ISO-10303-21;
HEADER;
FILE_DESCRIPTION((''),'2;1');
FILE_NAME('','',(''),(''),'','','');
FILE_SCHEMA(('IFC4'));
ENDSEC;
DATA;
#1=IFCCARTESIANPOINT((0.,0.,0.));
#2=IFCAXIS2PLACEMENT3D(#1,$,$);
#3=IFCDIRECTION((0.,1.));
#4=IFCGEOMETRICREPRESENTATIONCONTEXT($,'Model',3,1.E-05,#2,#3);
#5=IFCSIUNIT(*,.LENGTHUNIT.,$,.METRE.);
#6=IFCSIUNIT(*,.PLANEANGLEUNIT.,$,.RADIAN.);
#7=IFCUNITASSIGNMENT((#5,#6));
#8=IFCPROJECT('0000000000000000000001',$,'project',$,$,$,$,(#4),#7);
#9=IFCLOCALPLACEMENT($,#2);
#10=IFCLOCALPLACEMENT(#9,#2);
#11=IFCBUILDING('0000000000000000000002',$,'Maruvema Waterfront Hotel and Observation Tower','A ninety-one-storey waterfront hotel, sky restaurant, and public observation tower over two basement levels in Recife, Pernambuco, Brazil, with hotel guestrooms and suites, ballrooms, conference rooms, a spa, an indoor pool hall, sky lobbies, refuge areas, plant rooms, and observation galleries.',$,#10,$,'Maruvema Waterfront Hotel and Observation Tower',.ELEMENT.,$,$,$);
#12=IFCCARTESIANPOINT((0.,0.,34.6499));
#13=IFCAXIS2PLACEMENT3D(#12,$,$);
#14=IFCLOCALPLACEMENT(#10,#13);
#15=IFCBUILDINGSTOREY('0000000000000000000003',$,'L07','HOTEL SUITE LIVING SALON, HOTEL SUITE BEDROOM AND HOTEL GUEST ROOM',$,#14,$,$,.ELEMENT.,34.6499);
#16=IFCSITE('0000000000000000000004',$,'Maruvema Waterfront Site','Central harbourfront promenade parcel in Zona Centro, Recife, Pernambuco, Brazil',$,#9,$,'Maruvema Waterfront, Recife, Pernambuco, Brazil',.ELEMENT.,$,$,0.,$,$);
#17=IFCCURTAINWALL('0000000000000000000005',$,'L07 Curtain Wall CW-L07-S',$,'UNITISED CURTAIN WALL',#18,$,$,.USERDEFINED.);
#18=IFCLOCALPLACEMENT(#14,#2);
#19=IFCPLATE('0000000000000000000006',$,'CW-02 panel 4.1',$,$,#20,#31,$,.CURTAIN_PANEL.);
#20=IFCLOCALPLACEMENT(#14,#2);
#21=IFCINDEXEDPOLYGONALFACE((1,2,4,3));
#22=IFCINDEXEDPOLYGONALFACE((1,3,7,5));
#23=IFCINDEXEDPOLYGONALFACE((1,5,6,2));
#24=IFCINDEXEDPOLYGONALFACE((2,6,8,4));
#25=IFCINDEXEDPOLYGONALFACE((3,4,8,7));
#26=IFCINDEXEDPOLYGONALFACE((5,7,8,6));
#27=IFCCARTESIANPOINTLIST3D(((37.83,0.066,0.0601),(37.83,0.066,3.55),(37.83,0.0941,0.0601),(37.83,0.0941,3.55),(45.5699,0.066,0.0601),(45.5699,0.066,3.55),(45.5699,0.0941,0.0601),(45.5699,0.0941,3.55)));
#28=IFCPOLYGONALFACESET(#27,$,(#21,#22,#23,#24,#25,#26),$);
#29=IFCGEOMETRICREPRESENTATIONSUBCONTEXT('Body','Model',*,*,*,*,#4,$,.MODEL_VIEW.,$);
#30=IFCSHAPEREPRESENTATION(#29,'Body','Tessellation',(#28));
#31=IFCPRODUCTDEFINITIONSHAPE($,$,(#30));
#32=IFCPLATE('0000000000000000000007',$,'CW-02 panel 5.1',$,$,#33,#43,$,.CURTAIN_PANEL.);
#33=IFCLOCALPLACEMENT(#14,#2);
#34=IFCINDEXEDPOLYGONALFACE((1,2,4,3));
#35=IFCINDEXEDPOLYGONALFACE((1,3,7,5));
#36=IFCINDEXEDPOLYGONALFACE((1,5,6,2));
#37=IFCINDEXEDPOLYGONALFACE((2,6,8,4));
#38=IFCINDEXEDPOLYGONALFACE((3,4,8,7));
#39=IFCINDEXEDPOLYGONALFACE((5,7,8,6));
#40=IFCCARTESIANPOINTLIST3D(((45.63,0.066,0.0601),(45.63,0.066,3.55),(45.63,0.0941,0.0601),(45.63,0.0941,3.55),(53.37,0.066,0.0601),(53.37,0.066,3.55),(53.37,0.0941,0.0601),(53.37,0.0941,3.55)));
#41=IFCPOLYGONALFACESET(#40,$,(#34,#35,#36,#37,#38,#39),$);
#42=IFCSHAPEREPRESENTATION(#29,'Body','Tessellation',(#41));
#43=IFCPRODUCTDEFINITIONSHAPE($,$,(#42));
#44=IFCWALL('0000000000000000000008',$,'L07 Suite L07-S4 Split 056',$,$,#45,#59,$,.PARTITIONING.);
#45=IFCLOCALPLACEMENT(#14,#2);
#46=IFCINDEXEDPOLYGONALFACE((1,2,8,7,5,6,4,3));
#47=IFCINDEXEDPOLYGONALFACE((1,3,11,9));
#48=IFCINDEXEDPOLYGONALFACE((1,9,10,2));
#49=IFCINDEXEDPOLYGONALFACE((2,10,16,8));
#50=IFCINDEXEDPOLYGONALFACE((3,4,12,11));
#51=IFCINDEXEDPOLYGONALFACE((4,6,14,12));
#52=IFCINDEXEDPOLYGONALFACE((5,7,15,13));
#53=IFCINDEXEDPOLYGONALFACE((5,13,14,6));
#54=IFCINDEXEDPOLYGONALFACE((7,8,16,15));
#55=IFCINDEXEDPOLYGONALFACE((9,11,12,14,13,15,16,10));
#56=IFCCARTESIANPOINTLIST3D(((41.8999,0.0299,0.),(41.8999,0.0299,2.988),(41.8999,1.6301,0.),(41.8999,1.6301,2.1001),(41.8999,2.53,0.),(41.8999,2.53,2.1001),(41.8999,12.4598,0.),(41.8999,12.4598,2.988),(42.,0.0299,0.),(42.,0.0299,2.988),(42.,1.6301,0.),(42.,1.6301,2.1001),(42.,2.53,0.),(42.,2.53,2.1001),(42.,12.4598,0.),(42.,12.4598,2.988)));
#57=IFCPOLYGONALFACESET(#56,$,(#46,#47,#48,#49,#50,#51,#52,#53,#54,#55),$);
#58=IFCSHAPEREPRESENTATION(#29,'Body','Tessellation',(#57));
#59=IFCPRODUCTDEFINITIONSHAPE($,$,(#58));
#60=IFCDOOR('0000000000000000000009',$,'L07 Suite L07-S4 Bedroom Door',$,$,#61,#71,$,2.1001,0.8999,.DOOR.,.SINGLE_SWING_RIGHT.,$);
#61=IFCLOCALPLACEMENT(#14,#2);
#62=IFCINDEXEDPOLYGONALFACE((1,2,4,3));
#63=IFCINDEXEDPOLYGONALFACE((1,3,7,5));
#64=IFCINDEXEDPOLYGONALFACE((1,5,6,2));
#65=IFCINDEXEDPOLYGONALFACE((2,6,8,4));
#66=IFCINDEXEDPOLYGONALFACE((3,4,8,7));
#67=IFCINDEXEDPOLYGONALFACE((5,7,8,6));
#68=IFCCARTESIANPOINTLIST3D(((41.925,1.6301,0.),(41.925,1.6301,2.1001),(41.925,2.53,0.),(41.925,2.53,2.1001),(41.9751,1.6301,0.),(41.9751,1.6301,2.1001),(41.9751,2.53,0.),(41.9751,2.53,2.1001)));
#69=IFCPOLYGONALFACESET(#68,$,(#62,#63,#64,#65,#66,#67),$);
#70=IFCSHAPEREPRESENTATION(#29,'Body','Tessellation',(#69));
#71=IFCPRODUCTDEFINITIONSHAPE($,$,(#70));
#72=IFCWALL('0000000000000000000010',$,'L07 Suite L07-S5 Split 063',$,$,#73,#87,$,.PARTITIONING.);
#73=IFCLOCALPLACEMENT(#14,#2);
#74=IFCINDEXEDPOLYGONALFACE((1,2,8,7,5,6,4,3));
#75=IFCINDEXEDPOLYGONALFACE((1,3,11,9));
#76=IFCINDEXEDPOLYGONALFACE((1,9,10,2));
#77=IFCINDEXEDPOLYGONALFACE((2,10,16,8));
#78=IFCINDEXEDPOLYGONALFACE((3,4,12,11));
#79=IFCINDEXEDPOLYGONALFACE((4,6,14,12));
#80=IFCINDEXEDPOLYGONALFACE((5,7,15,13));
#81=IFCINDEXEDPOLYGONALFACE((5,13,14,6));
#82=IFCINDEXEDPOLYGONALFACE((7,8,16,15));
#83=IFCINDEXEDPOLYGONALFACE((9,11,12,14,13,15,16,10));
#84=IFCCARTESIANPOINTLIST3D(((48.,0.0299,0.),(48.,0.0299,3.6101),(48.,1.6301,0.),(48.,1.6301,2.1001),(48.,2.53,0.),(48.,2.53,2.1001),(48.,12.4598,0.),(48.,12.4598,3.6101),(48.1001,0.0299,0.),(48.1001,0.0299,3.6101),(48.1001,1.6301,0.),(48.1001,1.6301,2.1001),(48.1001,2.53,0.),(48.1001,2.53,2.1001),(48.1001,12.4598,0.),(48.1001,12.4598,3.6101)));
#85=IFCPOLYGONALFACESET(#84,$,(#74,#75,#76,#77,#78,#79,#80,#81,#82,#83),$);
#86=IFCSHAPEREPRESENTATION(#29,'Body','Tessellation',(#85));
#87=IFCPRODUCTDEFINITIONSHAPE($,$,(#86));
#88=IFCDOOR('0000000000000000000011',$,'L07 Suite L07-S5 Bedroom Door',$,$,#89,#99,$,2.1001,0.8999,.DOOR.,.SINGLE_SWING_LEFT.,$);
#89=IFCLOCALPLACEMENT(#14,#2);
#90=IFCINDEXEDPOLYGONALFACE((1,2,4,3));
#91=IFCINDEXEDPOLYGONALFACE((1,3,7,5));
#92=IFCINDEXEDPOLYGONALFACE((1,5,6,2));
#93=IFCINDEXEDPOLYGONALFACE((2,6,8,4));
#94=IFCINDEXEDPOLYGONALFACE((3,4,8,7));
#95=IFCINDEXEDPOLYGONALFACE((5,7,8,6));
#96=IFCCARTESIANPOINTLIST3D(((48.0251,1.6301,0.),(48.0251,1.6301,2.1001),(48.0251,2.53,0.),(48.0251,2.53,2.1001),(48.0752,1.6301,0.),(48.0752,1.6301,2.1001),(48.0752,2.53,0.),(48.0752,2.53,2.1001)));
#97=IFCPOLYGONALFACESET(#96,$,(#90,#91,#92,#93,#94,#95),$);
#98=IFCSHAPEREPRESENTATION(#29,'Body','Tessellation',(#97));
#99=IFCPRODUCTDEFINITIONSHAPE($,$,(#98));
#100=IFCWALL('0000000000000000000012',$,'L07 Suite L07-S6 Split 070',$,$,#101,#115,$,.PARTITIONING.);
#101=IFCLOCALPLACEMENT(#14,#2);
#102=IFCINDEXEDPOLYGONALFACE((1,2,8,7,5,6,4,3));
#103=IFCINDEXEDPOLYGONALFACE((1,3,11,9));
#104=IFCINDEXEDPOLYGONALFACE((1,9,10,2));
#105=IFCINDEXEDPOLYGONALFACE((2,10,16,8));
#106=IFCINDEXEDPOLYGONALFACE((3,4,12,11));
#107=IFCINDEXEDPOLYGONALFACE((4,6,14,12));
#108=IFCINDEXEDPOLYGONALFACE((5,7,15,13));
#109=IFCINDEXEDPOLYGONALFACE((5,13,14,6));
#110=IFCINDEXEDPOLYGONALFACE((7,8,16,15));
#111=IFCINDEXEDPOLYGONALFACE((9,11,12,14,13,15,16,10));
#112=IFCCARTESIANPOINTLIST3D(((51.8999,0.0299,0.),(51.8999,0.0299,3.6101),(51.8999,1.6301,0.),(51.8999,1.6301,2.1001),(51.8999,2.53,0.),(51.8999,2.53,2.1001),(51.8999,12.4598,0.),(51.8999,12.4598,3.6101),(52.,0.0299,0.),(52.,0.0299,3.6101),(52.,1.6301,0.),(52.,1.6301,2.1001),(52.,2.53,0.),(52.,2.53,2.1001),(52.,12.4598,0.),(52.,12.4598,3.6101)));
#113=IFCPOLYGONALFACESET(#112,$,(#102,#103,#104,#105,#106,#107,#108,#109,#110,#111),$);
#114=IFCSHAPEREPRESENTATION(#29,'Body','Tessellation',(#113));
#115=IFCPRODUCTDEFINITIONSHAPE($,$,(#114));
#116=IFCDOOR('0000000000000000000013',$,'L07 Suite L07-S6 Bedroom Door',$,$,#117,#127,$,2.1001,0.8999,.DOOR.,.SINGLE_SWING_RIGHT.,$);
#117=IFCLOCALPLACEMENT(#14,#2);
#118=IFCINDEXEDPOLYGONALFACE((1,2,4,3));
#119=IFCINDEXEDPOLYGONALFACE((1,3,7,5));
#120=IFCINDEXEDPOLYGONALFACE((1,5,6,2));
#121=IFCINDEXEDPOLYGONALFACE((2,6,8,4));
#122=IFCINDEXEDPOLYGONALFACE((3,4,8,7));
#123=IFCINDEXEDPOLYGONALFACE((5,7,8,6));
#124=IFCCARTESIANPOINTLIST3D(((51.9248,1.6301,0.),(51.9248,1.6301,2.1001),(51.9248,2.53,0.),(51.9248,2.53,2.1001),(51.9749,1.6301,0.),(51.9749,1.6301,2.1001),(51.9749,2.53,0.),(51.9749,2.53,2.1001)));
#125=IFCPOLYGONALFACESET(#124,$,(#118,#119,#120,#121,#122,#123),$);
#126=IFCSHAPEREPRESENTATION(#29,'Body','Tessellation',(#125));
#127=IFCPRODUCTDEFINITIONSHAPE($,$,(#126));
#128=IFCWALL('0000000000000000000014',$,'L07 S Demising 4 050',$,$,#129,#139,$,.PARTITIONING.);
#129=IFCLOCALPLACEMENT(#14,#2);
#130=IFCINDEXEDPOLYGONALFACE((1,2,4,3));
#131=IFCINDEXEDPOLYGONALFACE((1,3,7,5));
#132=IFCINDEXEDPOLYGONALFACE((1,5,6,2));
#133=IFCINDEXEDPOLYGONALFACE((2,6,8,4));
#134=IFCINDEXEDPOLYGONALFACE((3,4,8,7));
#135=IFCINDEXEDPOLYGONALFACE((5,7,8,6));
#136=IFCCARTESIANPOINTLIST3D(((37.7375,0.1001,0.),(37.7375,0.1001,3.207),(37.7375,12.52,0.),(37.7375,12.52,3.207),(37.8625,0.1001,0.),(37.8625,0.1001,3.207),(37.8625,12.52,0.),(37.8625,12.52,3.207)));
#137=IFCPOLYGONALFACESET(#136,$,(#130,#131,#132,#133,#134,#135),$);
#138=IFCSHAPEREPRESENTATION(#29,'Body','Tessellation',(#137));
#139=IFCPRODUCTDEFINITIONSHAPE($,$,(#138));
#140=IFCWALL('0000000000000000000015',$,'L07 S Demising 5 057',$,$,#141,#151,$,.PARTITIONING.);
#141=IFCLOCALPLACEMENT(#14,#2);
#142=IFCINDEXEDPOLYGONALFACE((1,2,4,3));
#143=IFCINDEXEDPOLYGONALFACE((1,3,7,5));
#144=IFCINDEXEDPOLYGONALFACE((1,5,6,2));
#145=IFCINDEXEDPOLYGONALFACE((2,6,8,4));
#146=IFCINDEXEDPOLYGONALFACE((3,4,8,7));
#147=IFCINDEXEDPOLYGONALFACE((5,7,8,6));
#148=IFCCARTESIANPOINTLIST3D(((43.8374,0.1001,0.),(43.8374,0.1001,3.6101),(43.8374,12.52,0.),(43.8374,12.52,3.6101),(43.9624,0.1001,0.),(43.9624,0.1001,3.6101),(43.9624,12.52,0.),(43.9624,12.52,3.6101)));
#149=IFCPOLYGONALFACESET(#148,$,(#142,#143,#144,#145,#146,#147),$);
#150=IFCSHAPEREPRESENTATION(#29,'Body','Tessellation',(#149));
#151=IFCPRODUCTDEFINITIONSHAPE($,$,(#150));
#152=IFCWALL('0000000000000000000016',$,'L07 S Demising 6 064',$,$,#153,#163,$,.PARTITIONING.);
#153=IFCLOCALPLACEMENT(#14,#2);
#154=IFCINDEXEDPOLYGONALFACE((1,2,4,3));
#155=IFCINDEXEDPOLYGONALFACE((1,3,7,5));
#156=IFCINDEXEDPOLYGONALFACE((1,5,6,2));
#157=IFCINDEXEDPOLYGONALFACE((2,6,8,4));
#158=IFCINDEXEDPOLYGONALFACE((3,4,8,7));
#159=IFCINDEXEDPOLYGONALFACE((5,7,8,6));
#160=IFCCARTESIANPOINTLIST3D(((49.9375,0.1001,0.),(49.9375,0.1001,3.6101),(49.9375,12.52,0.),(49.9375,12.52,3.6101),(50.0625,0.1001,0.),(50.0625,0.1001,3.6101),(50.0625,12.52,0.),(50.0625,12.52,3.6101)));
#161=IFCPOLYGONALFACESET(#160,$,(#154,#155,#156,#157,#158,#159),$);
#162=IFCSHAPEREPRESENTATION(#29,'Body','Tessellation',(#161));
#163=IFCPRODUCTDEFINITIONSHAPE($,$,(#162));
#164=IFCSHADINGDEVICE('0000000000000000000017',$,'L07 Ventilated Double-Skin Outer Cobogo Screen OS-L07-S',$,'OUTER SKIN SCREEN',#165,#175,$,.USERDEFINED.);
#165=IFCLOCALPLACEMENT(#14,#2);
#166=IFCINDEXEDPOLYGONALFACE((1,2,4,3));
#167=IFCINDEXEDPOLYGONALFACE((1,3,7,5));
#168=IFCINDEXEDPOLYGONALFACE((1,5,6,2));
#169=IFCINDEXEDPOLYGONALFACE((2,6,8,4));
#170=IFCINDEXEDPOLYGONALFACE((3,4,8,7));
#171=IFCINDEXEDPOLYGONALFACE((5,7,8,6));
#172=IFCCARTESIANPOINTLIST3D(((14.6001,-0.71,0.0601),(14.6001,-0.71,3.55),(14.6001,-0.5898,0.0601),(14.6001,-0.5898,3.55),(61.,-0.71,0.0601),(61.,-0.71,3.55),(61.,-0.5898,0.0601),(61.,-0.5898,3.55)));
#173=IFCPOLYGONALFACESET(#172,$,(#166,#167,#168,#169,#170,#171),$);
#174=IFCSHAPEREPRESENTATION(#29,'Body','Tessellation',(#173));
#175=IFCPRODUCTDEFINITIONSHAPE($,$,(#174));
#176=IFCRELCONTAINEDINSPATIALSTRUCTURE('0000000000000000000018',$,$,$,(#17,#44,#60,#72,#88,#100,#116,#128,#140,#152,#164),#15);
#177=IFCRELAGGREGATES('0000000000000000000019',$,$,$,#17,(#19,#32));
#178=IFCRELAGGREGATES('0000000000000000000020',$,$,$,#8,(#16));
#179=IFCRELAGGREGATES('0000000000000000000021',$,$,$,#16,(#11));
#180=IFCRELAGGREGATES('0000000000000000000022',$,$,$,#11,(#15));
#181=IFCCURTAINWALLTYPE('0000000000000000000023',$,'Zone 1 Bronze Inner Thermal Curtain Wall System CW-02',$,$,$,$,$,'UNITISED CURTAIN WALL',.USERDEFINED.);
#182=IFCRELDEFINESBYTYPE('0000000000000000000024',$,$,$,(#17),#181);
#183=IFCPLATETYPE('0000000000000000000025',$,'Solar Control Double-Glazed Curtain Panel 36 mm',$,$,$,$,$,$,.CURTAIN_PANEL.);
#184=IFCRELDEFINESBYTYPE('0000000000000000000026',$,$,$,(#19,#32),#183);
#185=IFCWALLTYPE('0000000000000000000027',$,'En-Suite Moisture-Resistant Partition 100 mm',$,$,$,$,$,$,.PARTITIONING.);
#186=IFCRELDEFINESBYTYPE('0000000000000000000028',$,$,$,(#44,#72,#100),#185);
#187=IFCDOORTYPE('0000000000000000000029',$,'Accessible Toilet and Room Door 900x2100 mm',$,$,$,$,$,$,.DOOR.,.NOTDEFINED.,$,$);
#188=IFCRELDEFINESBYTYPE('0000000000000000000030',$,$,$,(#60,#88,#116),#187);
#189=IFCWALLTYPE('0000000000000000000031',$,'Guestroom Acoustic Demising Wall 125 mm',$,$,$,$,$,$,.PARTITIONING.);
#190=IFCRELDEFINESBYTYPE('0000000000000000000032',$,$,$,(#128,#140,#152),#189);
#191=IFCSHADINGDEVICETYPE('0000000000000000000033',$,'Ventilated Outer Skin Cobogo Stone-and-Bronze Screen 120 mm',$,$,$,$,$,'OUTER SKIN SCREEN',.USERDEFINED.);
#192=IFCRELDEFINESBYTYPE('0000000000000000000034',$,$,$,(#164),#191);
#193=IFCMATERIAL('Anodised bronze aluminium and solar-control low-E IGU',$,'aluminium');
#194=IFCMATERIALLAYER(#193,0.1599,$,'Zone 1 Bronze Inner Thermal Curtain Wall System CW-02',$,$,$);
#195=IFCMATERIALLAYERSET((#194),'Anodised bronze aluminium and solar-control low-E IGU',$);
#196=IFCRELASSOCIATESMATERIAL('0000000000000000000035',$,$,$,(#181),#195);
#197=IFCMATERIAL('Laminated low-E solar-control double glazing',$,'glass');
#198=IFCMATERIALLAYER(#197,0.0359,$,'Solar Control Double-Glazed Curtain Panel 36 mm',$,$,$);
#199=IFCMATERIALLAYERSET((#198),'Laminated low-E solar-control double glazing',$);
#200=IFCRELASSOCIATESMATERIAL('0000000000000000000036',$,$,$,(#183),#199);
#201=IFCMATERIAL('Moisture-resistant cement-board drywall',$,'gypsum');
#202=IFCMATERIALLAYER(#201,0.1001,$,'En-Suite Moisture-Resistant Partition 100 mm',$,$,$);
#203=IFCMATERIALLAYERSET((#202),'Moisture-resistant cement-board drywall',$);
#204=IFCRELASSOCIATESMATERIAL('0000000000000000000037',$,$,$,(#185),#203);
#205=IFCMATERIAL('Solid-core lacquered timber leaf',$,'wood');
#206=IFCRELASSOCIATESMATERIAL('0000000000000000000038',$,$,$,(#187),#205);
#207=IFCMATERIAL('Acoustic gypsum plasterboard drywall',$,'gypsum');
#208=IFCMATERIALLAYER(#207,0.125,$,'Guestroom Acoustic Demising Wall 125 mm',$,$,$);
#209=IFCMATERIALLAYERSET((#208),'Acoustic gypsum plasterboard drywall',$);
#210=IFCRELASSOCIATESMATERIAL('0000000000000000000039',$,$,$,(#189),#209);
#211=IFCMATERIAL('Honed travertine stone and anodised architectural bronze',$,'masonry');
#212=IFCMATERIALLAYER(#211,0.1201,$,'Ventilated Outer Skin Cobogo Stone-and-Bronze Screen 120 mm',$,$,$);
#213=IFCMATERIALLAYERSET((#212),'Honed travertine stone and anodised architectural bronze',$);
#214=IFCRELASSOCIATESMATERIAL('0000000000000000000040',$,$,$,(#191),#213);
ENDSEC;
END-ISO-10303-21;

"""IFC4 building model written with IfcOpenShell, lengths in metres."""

from ifc_helpers import new_model, si_unit, direction, frame, frame_2d, origin, origin_2d, place, context, subcontext, project, spatial, rectangle, extrude, material, layer, layer_set, type_object, element, fill, aggregate, save


model = new_model("IFC4")

# Units and contexts
model_context = context("Model", 3, precision=1e-05, world=origin(), true_north=direction((0.0, 1.0)))
body_context = subcontext(model_context, "Body", "Model", "MODEL_VIEW")
ifc_project = project(units=[si_unit("LENGTHUNIT", "METRE"), si_unit("PLANEANGLEUNIT", "RADIAN")], contexts=[model_context])

# Site, building, storey
site_placement = place(None, origin())
site = spatial("IfcSite", under=ifc_project, at=site_placement, Name="Maruvema Waterfront Site", Description="Central harbourfront promenade parcel in Zona Centro, Recife, Pernambuco, Brazil", LongName="Maruvema Waterfront, Recife, Pernambuco, Brazil", CompositionType="ELEMENT", RefElevation=0.0)
building_placement = place(site_placement, origin())
building = spatial("IfcBuilding", under=site, at=building_placement, Name="Maruvema Waterfront Hotel and Observation Tower", Description="A ninety-one-storey waterfront hotel, sky restaurant, and public observation tower over two basement levels in Recife, Pernambuco, Brazil, with hotel guestrooms and suites, ballrooms, conference rooms, a spa, an indoor pool hall, sky lobbies, refuge areas, plant rooms, and observation galleries.", LongName="Maruvema Waterfront Hotel and Observation Tower", CompositionType="ELEMENT")
storey_placement = place(building_placement, frame((0.0, 0.0, 34.6499)))
storey = spatial("IfcBuildingStorey", under=building, at=storey_placement, Name="L07", Description="HOTEL SUITE LIVING SALON, HOTEL SUITE BEDROOM AND HOTEL GUEST ROOM", CompositionType="ELEMENT", Elevation=34.6499)

# Curtain wall
ifc_material_1 = material(Name="Anodised bronze aluminium and solar-control low-E IGU", Category="aluminium")
ifc_layer_1 = layer(ifc_material_1, 0.1599, Name="Zone 1 Bronze Inner Thermal Curtain Wall System CW-02")
ifc_layer_set_1 = layer_set([ifc_layer_1], Name="Anodised bronze aluminium and solar-control low-E IGU")
curtain_wall_type = type_object("IfcCurtainWallType", Name="Zone 1 Bronze Inner Thermal Curtain Wall System CW-02", ElementType="UNITISED CURTAIN WALL", PredefinedType="USERDEFINED", material=ifc_layer_set_1)
curtain_wall_placement = place(storey_placement, origin())
curtain_wall = element("IfcCurtainWall", 1, at=curtain_wall_placement, inside=storey, type_object=curtain_wall_type, Name="L07 Curtain Wall CW-L07-S", ObjectType="UNITISED CURTAIN WALL", PredefinedType="USERDEFINED")

# Plates
ifc_material_2 = material(Name="Laminated low-E solar-control double glazing", Category="glass")
ifc_layer_2 = layer(ifc_material_2, 0.0359, Name="Solar Control Double-Glazed Curtain Panel 36 mm")
ifc_layer_set_2 = layer_set([ifc_layer_2], Name="Laminated low-E solar-control double glazing")
plate_type = type_object("IfcPlateType", Name="Solar Control Double-Glazed Curtain Panel 36 mm", PredefinedType="CURTAIN_PANEL", material=ifc_layer_set_2)
plate_1_placement = place(storey_placement, frame((41.7, 0.0801, 0.0601), z_axis=(0.0, 0.0, 1.0), x_axis=(1.0, 0.0, 0.0)))
plate_1 = element("IfcPlate", 2, at=plate_1_placement, type_object=plate_type, Name="CW-02 panel 4.1", PredefinedType="CURTAIN_PANEL", context=body_context, shape_type="SweptSolid", body=[
    extrude(rectangle(XDim=7.74, YDim=0.0281, at=origin_2d()), origin(), (0.0, 0.0, 1.0), 3.49),
])
plate_2_placement = place(storey_placement, frame((49.5, 0.0801, 0.0601), z_axis=(0.0, 0.0, 1.0), x_axis=(1.0, 0.0, 0.0)))
plate_2 = element("IfcPlate", 3, at=plate_2_placement, type_object=plate_type, Name="CW-02 panel 5.1", PredefinedType="CURTAIN_PANEL", context=body_context, shape_type="SweptSolid", body=[
    extrude(rectangle(XDim=7.74, YDim=0.0281, at=origin_2d()), origin(), (0.0, 0.0, 1.0), 3.49),
])
aggregate(curtain_wall, [plate_1, plate_2])

# Walls, openings, doors
ifc_material_3 = material(Name="Moisture-resistant cement-board drywall", Category="gypsum")
ifc_layer_3 = layer(ifc_material_3, 0.1001, Name="En-Suite Moisture-Resistant Partition 100 mm")
ifc_layer_set_3 = layer_set([ifc_layer_3], Name="Moisture-resistant cement-board drywall")
wall_type_1 = type_object("IfcWallType", Name="En-Suite Moisture-Resistant Partition 100 mm", PredefinedType="PARTITIONING", material=ifc_layer_set_3)
wall_1_placement = place(storey_placement, frame((41.95, 0.03, 0.0), z_axis=(0.0, 0.0, 1.0), x_axis=(0.0, 1.0, 0.0)))
wall_1 = element("IfcWall", 4, at=wall_1_placement, inside=storey, type_object=wall_type_1, Name="L07 Suite L07-S4 Split 056", PredefinedType="PARTITIONING", context=body_context, shape_type="SweptSolid", body=[
    extrude(rectangle(XDim=12.4299, YDim=0.1001, at=frame_2d((6.2148, 0.0))), origin(), (0.0, 0.0, 1.0), 2.988),
])
opening_1_placement = place(wall_1_placement, frame((1.6001, 0.0, 0.0)))
opening_1 = element("IfcOpeningElement", 5, at=opening_1_placement, cuts=wall_1, PredefinedType="OPENING", context=body_context, shape_type="SweptSolid", body=[
    extrude(rectangle(XDim=0.8999, YDim=2.1001, at=frame_2d((0.45, 1.05))), frame((0.0, 0.0601, 0.0), z_axis=(0.0, -1.0, 0.0), x_axis=(1.0, 0.0, 0.0)), (0.0, 0.0, 1.0), 0.1201),
])
ifc_material_4 = material(Name="Solid-core lacquered timber leaf", Category="wood")
door_type = type_object("IfcDoorType", Name="Accessible Toilet and Room Door 900x2100 mm", OperationType="NOTDEFINED", PredefinedType="DOOR", material=ifc_material_4)
door_1_placement = place(opening_1_placement, origin())
door_1 = element("IfcDoor", 6, at=door_1_placement, inside=storey, type_object=door_type, Name="L07 Suite L07-S4 Bedroom Door", OperationType="SINGLE_SWING_RIGHT", OverallHeight=2.1001, OverallWidth=0.8999, PredefinedType="DOOR", context=body_context, shape_type="SweptSolid", body=[
    extrude(rectangle(XDim=0.8999, YDim=2.1001, at=frame_2d((0.45, 1.05))), frame((0.0, 0.0249, 0.0), z_axis=(0.0, -1.0, 0.0), x_axis=(1.0, 0.0, 0.0)), (0.0, 0.0, 1.0), 0.05),
])
fill(opening_1, door_1)
wall_2_placement = place(storey_placement, frame((48.05, 0.03, 0.0), z_axis=(0.0, 0.0, 1.0), x_axis=(0.0, 1.0, 0.0)))
wall_2 = element("IfcWall", 7, at=wall_2_placement, inside=storey, type_object=wall_type_1, Name="L07 Suite L07-S5 Split 063", PredefinedType="PARTITIONING", context=body_context, shape_type="SweptSolid", body=[
    extrude(rectangle(XDim=12.4299, YDim=0.1001, at=frame_2d((6.2148, 0.0))), origin(), (0.0, 0.0, 1.0), 3.6101),
])
opening_2_placement = place(wall_2_placement, frame((1.6001, 0.0, 0.0)))
opening_2 = element("IfcOpeningElement", 8, at=opening_2_placement, cuts=wall_2, PredefinedType="OPENING", context=body_context, shape_type="SweptSolid", body=[
    extrude(rectangle(XDim=0.8999, YDim=2.1001, at=frame_2d((0.45, 1.05))), frame((0.0, 0.0601, 0.0), z_axis=(0.0, -1.0, 0.0), x_axis=(1.0, 0.0, 0.0)), (0.0, 0.0, 1.0), 0.1201),
])
door_2_placement = place(opening_2_placement, origin())
door_2 = element("IfcDoor", 9, at=door_2_placement, inside=storey, type_object=door_type, Name="L07 Suite L07-S5 Bedroom Door", OperationType="SINGLE_SWING_LEFT", OverallHeight=2.1001, OverallWidth=0.8999, PredefinedType="DOOR", context=body_context, shape_type="SweptSolid", body=[
    extrude(rectangle(XDim=0.8999, YDim=2.1001, at=frame_2d((0.45, 1.05))), frame((0.0, 0.0249, 0.0), z_axis=(0.0, -1.0, 0.0), x_axis=(1.0, 0.0, 0.0)), (0.0, 0.0, 1.0), 0.05),
])
fill(opening_2, door_2)
wall_3_placement = place(storey_placement, frame((51.95, 0.03, 0.0), z_axis=(0.0, 0.0, 1.0), x_axis=(0.0, 1.0, 0.0)))
wall_3 = element("IfcWall", 10, at=wall_3_placement, inside=storey, type_object=wall_type_1, Name="L07 Suite L07-S6 Split 070", PredefinedType="PARTITIONING", context=body_context, shape_type="SweptSolid", body=[
    extrude(rectangle(XDim=12.4299, YDim=0.1001, at=frame_2d((6.2148, 0.0))), origin(), (0.0, 0.0, 1.0), 3.6101),
])
opening_3_placement = place(wall_3_placement, frame((1.6001, 0.0, 0.0)))
opening_3 = element("IfcOpeningElement", 11, at=opening_3_placement, cuts=wall_3, PredefinedType="OPENING", context=body_context, shape_type="SweptSolid", body=[
    extrude(rectangle(XDim=0.8999, YDim=2.1001, at=frame_2d((0.45, 1.05))), frame((0.0, 0.0601, 0.0), z_axis=(0.0, -1.0, 0.0), x_axis=(1.0, 0.0, 0.0)), (0.0, 0.0, 1.0), 0.1201),
])
door_3_placement = place(opening_3_placement, frame((0.8999, 0.0, 0.0), z_axis=(0.0, 0.0, 1.0), x_axis=(-1.0, 0.0, 0.0)))
door_3 = element("IfcDoor", 12, at=door_3_placement, inside=storey, type_object=door_type, Name="L07 Suite L07-S6 Bedroom Door", OperationType="SINGLE_SWING_RIGHT", OverallHeight=2.1001, OverallWidth=0.8999, PredefinedType="DOOR", context=body_context, shape_type="SweptSolid", body=[
    extrude(rectangle(XDim=0.8999, YDim=2.1001, at=frame_2d((0.45, 1.05))), frame((0.0, 0.0249, 0.0), z_axis=(0.0, -1.0, 0.0), x_axis=(1.0, 0.0, 0.0)), (0.0, 0.0, 1.0), 0.05),
])
fill(opening_3, door_3)

# Walls
ifc_material_5 = material(Name="Acoustic gypsum plasterboard drywall", Category="gypsum")
ifc_layer_4 = layer(ifc_material_5, 0.125, Name="Guestroom Acoustic Demising Wall 125 mm")
ifc_layer_set_4 = layer_set([ifc_layer_4], Name="Acoustic gypsum plasterboard drywall")
wall_type_2 = type_object("IfcWallType", Name="Guestroom Acoustic Demising Wall 125 mm", PredefinedType="PARTITIONING", material=ifc_layer_set_4)
wall_4_placement = place(storey_placement, frame((37.8, 0.1001, 0.0), z_axis=(0.0, 0.0, 1.0), x_axis=(0.0, 1.0, 0.0)))
element("IfcWall", 13, at=wall_4_placement, inside=storey, type_object=wall_type_2, Name="L07 S Demising 4 050", PredefinedType="PARTITIONING", context=body_context, shape_type="SweptSolid", body=[
    extrude(rectangle(XDim=12.4199, YDim=0.125, at=frame_2d((6.21, 0.0))), origin(), (0.0, 0.0, 1.0), 3.207),
])
for number, where, z_axis, x_axis, name in (
    (14, (43.8999, 0.1001, 0.0), (0.0, 0.0, 1.0), (0.0, 1.0, 0.0), "L07 S Demising 5 057"),
    (15, (50.0, 0.1001, 0.0), (0.0, 0.0, 1.0), (0.0, 1.0, 0.0), "L07 S Demising 6 064"),
):
    element("IfcWall", number, at=place(storey_placement, frame(where, z_axis=z_axis, x_axis=x_axis)), inside=storey, type_object=wall_type_2, Name=name, PredefinedType="PARTITIONING", context=body_context, shape_type="SweptSolid", body=[
        extrude(rectangle(XDim=12.4199, YDim=0.125, at=frame_2d((6.21, 0.0))), origin(), (0.0, 0.0, 1.0), 3.6101),
    ])

# Shading device
ifc_material_6 = material(Name="Honed travertine stone and anodised architectural bronze", Category="masonry")
ifc_layer_5 = layer(ifc_material_6, 0.1201, Name="Ventilated Outer Skin Cobogo Stone-and-Bronze Screen 120 mm")
ifc_layer_set_5 = layer_set([ifc_layer_5], Name="Honed travertine stone and anodised architectural bronze")
shading_device_type = type_object("IfcShadingDeviceType", Name="Ventilated Outer Skin Cobogo Stone-and-Bronze Screen 120 mm", ElementType="OUTER SKIN SCREEN", PredefinedType="USERDEFINED", material=ifc_layer_set_5)
shading_device_placement = place(storey_placement, frame((37.8, -0.6499, 0.0601), z_axis=(0.0, 0.0, 1.0), x_axis=(1.0, 0.0, 0.0)))
element("IfcShadingDevice", 16, at=shading_device_placement, inside=storey, type_object=shading_device_type, Name="L07 Ventilated Double-Skin Outer Cobogo Screen OS-L07-S", ObjectType="OUTER SKIN SCREEN", PredefinedType="USERDEFINED", context=body_context, shape_type="SweptSolid", body=[
    extrude(rectangle(XDim=46.3999, YDim=0.1201, at=origin_2d()), origin(), (0.0, 0.0, 1.0), 3.49),
])

save(model, "model.ifc")
